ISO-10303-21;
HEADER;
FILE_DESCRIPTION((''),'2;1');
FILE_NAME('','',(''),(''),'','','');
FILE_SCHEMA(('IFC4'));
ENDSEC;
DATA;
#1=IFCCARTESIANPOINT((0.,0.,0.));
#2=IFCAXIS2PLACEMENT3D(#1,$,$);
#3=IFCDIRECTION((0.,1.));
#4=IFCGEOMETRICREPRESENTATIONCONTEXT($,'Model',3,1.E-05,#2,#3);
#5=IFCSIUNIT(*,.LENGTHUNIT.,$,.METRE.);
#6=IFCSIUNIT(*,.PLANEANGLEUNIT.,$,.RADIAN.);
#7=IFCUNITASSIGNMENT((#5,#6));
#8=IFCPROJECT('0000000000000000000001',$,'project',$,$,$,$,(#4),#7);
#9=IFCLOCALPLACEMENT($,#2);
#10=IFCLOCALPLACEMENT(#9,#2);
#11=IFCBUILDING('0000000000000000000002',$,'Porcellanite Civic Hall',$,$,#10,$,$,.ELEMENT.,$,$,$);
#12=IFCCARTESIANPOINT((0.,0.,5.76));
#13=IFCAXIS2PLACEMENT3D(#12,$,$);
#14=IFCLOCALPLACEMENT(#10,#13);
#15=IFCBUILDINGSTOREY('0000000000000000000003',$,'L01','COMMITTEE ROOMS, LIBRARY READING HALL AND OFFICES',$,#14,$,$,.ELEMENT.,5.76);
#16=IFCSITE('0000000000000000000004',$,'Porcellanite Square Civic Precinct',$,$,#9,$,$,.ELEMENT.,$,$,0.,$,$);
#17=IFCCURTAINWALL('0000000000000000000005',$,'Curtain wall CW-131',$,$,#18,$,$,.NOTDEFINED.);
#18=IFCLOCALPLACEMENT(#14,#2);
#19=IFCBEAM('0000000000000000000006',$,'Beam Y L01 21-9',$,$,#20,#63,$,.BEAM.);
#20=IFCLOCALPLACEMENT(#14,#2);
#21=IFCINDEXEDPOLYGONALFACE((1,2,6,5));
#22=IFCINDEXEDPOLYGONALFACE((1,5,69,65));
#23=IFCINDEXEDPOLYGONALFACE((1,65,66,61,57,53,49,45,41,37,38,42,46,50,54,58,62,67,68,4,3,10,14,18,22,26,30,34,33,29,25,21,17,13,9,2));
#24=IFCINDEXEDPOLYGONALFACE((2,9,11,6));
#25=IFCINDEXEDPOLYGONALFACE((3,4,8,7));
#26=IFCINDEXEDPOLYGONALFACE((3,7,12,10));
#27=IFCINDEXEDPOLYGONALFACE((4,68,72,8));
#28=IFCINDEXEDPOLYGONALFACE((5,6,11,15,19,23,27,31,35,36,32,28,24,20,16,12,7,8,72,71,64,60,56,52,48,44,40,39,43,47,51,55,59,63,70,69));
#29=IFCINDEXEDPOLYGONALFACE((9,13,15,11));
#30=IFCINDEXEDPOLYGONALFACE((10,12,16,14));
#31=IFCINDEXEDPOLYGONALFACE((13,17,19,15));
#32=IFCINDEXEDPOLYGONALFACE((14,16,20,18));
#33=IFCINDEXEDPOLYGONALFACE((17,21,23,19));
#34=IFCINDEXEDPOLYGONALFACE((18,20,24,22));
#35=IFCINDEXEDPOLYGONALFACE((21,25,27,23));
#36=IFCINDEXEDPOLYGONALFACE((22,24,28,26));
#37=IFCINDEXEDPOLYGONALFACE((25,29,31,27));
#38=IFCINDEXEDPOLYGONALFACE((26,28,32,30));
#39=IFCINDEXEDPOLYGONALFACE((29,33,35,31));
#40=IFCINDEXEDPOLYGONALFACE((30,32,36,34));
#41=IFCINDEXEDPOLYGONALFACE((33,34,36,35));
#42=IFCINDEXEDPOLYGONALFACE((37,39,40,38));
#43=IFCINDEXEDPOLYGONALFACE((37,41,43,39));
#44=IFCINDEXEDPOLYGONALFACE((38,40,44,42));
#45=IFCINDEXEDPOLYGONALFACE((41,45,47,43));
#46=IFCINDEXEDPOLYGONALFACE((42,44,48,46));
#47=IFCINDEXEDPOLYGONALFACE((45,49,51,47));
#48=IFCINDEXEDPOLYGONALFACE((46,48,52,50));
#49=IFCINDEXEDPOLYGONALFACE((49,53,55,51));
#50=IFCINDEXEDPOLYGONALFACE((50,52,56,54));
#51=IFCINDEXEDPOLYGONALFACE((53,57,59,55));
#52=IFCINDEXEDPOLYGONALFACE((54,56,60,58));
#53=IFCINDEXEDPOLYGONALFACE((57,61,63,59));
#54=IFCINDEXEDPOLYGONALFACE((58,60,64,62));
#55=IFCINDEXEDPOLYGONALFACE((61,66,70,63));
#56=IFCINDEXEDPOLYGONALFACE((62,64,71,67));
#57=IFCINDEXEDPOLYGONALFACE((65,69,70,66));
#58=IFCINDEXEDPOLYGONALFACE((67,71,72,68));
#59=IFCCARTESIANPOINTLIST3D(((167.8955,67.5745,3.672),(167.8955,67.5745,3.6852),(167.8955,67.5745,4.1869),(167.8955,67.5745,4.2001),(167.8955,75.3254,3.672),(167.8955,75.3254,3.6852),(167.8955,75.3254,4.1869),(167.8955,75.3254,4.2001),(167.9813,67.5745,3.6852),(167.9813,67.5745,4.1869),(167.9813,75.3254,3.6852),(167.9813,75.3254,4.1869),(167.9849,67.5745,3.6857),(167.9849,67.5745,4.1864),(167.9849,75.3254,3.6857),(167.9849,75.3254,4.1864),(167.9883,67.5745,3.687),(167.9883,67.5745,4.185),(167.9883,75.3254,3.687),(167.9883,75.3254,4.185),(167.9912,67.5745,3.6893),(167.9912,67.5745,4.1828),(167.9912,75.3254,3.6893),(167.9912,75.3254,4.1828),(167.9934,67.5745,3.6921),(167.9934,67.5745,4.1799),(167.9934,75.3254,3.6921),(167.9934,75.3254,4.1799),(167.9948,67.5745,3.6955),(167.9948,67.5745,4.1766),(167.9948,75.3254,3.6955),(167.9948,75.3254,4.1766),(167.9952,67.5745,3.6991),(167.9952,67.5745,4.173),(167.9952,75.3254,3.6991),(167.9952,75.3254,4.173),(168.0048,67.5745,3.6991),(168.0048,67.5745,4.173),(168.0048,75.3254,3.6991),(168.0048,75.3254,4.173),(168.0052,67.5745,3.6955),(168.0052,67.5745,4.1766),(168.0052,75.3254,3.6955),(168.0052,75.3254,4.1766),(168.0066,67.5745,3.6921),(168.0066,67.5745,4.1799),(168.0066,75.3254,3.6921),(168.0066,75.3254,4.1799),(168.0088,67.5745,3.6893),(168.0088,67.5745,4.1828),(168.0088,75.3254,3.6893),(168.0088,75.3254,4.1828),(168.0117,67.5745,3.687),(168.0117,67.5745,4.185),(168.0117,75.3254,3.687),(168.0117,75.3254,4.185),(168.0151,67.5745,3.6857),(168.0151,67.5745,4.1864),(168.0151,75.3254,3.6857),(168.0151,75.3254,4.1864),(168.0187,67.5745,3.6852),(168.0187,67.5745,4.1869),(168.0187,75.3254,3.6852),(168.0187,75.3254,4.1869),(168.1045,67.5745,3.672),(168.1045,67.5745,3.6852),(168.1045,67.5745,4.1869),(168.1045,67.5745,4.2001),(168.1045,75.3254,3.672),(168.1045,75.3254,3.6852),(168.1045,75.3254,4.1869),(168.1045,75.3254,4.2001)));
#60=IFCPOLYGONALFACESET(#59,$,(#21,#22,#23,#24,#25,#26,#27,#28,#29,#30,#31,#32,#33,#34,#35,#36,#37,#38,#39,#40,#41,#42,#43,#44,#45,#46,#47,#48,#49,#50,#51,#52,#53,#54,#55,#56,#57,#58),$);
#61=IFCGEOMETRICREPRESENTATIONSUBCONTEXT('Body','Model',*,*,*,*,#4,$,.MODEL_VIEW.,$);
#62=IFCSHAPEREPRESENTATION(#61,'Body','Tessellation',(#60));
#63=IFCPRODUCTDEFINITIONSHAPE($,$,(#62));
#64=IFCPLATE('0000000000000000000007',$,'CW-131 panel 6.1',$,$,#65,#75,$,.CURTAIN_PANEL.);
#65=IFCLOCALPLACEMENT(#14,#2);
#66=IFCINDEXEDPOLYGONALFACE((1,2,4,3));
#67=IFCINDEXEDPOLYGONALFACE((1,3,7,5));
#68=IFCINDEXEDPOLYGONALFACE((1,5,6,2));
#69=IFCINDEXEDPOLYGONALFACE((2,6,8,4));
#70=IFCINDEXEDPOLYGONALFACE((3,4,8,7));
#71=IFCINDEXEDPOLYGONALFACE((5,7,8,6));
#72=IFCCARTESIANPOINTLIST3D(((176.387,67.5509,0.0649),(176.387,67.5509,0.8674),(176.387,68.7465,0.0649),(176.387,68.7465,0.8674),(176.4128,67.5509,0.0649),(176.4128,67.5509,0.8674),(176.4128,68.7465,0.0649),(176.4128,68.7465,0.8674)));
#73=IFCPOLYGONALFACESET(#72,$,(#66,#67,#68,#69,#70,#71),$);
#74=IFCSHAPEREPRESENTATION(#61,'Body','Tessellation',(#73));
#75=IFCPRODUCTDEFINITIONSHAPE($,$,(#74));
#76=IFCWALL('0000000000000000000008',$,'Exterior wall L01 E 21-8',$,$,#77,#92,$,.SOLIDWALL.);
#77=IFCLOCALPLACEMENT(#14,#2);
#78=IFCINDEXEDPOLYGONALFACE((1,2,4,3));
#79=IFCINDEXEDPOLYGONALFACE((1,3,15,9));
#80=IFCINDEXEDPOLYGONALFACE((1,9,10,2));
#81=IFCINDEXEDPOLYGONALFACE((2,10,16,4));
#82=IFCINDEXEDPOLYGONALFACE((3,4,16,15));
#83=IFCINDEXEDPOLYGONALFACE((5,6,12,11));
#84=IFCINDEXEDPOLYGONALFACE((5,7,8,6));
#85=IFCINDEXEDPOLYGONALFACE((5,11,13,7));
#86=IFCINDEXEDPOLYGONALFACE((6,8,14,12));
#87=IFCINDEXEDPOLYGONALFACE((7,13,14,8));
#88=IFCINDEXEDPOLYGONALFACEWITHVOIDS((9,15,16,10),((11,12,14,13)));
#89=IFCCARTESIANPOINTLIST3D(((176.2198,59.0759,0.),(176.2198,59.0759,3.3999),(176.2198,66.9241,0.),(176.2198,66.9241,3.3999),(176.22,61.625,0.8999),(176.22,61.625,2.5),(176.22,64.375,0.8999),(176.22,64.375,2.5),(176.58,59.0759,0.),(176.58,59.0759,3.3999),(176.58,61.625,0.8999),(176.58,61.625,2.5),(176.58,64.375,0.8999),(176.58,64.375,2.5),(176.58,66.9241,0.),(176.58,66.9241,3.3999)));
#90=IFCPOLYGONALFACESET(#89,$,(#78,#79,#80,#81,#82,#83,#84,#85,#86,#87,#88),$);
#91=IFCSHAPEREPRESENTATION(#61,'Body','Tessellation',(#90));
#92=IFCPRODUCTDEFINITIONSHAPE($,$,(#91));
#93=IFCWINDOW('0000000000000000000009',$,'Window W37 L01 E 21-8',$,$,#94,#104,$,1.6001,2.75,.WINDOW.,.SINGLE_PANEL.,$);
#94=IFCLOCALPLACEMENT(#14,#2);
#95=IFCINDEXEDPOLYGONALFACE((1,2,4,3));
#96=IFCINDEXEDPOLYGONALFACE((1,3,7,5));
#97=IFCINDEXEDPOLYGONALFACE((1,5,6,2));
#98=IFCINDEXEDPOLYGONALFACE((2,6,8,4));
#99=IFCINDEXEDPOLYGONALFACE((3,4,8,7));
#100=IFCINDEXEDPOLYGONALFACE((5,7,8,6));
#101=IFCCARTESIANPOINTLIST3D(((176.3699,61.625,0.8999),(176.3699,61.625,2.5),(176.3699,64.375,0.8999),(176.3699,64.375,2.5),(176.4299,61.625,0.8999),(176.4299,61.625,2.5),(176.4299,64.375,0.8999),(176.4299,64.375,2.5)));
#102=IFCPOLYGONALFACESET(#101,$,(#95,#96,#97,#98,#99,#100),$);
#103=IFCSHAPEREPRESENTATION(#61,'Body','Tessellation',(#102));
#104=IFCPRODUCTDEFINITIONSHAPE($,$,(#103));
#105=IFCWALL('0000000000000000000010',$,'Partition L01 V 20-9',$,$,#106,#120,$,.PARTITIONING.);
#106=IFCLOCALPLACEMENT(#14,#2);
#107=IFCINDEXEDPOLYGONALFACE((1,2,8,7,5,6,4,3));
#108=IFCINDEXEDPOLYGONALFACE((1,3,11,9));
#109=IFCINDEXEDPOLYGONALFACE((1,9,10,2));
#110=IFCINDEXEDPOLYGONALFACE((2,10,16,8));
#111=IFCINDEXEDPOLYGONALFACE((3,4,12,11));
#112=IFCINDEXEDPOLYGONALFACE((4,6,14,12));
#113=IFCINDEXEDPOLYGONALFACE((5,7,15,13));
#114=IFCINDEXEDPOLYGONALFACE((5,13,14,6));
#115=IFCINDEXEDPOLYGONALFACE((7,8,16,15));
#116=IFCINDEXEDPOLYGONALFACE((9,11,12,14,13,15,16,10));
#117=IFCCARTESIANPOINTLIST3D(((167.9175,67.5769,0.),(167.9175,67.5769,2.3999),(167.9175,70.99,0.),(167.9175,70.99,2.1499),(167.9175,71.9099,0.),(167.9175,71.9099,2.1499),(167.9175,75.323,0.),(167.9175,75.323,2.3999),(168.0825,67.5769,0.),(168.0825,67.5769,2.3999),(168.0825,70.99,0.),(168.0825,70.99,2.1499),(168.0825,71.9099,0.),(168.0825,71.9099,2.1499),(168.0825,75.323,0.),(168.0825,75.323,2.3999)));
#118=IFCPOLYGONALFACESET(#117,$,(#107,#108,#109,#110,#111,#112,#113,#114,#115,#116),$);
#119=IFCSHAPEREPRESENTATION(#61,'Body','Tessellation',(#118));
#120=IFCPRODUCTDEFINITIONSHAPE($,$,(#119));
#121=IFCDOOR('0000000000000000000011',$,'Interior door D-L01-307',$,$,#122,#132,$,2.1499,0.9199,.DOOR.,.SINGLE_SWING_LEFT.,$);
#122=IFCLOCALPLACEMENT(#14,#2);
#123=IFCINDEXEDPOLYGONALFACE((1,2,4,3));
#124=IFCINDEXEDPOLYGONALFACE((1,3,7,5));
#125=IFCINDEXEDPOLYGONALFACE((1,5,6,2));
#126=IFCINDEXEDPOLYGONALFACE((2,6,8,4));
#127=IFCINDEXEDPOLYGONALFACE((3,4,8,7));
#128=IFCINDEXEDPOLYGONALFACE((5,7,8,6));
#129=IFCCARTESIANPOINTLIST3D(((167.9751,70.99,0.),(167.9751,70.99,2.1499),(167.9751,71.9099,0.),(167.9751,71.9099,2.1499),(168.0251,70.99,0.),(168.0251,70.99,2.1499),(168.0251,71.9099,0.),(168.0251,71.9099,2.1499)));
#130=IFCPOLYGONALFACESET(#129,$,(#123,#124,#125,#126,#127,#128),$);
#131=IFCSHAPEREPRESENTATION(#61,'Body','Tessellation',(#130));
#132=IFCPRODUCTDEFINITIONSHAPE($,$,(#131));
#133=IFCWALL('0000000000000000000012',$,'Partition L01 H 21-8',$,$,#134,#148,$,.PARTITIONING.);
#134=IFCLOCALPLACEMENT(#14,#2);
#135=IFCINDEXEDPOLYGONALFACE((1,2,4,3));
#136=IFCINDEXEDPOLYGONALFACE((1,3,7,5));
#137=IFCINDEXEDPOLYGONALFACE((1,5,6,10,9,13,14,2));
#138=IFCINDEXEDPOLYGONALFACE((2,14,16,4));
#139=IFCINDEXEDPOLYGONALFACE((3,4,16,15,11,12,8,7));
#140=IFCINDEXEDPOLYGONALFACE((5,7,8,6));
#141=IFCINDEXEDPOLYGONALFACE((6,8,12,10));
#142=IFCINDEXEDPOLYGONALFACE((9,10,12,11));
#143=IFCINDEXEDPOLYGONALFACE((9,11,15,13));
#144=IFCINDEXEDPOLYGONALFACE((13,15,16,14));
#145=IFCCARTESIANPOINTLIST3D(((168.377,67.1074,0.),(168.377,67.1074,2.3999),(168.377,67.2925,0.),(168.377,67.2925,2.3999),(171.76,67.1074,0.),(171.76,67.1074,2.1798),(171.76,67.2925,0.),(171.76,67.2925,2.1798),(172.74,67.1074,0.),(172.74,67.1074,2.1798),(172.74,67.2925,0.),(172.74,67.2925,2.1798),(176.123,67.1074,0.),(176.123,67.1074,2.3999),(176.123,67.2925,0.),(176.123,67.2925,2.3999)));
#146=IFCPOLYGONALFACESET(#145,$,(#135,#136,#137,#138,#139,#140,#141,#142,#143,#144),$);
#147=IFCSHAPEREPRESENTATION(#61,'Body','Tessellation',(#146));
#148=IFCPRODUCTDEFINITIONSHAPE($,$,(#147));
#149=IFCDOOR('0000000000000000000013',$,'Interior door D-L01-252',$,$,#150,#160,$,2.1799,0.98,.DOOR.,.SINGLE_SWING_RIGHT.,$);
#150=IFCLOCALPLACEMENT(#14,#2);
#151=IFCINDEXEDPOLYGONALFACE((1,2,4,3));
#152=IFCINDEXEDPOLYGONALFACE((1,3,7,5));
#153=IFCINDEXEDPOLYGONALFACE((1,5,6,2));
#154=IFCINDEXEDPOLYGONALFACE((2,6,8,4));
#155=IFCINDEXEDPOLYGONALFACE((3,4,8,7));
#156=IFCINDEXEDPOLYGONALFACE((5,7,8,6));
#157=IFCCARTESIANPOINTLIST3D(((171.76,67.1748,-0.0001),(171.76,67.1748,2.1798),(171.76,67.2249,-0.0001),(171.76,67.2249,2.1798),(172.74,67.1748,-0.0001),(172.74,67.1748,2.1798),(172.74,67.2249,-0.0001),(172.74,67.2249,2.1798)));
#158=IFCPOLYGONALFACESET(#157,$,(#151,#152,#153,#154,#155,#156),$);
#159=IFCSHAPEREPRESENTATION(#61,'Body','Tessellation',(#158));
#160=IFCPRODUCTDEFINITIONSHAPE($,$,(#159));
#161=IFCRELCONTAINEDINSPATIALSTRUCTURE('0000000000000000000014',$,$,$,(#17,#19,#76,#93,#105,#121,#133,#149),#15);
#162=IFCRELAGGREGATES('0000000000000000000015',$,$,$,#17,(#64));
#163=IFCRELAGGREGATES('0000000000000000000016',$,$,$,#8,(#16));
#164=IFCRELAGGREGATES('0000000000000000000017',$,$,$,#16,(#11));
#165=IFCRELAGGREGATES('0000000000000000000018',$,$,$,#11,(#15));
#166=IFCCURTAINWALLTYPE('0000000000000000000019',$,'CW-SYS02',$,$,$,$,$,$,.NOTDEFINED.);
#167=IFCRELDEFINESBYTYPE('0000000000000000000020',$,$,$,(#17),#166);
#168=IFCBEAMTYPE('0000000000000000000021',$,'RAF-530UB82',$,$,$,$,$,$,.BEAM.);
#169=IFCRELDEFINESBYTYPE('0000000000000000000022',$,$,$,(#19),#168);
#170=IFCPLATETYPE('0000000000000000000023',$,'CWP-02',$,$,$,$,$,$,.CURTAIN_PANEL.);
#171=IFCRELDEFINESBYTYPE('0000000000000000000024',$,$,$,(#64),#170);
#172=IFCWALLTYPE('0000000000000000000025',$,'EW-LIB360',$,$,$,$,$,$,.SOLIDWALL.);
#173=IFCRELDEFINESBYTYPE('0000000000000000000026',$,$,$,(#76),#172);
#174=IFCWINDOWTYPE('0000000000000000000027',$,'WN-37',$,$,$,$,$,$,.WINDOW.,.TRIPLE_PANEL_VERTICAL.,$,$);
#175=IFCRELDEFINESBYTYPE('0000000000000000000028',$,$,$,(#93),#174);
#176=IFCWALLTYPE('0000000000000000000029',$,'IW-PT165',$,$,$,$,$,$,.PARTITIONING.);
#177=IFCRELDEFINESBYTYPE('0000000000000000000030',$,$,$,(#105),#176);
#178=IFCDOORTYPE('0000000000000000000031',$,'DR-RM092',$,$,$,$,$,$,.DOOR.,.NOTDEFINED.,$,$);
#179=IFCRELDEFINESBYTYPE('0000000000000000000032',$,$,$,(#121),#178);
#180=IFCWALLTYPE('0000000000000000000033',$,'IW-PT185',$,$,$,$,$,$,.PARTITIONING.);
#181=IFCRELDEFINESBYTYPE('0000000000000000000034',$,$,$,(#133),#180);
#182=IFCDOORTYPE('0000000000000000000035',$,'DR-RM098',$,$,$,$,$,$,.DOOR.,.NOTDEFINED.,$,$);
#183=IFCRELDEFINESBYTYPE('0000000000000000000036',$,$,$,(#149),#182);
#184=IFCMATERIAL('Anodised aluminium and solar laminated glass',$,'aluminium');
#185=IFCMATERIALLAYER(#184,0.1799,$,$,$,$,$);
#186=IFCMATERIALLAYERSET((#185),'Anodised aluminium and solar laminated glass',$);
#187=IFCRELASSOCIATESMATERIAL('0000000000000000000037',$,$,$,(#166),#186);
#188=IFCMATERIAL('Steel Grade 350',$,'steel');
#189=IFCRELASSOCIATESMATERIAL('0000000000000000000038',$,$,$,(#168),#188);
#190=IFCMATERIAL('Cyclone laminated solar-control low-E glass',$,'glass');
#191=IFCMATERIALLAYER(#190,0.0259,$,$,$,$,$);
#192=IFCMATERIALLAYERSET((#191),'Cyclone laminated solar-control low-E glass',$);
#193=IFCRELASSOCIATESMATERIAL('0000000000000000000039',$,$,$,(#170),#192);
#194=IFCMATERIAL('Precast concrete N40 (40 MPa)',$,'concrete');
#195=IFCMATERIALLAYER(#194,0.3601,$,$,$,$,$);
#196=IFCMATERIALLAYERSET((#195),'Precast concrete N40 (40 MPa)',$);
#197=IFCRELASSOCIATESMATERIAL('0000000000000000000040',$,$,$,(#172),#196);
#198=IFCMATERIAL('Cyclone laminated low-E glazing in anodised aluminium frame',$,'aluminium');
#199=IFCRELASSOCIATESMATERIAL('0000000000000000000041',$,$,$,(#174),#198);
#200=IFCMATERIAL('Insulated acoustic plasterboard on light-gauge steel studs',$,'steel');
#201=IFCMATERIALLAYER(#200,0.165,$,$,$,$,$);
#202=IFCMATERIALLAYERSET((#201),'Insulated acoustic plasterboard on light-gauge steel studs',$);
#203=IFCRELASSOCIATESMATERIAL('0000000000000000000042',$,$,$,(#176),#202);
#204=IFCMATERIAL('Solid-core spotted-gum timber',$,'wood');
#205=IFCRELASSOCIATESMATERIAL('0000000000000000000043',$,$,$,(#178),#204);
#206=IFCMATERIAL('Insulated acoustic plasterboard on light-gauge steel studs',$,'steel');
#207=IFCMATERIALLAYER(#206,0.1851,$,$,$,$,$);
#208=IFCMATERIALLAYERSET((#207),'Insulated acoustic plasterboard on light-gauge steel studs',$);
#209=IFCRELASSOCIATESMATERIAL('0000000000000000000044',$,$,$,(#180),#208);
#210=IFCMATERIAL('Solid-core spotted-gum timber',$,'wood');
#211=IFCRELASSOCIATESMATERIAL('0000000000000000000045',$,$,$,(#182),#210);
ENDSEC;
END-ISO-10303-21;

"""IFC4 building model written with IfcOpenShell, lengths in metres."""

from ifc_helpers import new_model, si_unit, direction, frame, frame_2d, origin, origin_2d, place, context, subcontext, project, spatial, rectangle, i_section, extrude, material, layer, layer_set, material_profile, profile_set, type_object, element, fill, aggregate, save


model = new_model("IFC4")

# Units and contexts
model_context = context("Model", 3, precision=1e-05, world=origin(), true_north=direction((0.0, 1.0)))
body_context = subcontext(model_context, "Body", "Model", "MODEL_VIEW")
ifc_project = project(units=[si_unit("LENGTHUNIT", "METRE"), si_unit("PLANEANGLEUNIT", "RADIAN")], contexts=[model_context])

# Site, building, storey
site_placement = place(None, origin())
site = spatial("IfcSite", under=ifc_project, at=site_placement, Name="Porcellanite Square Civic Precinct", CompositionType="ELEMENT", RefElevation=0.0)
building_placement = place(site_placement, origin())
building = spatial("IfcBuilding", under=site, at=building_placement, Name="Porcellanite Civic Hall", CompositionType="ELEMENT")
storey_placement = place(building_placement, frame((0.0, 0.0, 5.76)))
storey = spatial("IfcBuildingStorey", under=building, at=storey_placement, Name="L01", Description="COMMITTEE ROOMS, LIBRARY READING HALL AND OFFICES", CompositionType="ELEMENT", Elevation=5.76)

# Curtain wall
ifc_material_1 = material(Name="Anodised aluminium and solar laminated glass", Category="aluminium")
ifc_layer_1 = layer(ifc_material_1, 0.1799)
ifc_layer_set_1 = layer_set([ifc_layer_1], Name="Anodised aluminium and solar laminated glass")
curtain_wall_type = type_object("IfcCurtainWallType", Name="CW-SYS02", PredefinedType="NOTDEFINED", material=ifc_layer_set_1)
curtain_wall_placement = place(storey_placement, origin())
curtain_wall = element("IfcCurtainWall", 1, at=curtain_wall_placement, inside=storey, type_object=curtain_wall_type, Name="Curtain wall CW-131", PredefinedType="NOTDEFINED")

# Beam
ifc_material_2 = material(Name="Steel Grade 350", Category="steel")
ifc_material_profile_1 = material_profile(ifc_material_2, i_section(OverallWidth=0.209, OverallDepth=0.5281, WebThickness=0.0095, FlangeThickness=0.0132, FilletRadius=0.0139, at=origin_2d()), Name="530UB82.0")
ifc_profile_set_1 = profile_set([ifc_material_profile_1], Name="Steel Grade 350")
beam_type_1 = type_object("IfcBeamType", Name="RAF-530UB82", PredefinedType="BEAM", material=ifc_profile_set_1)
beam_1_placement = place(storey_placement, frame((168.0, 67.5745, 3.936), z_axis=(0.0, 1.0, 0.0), x_axis=(-1.0, 0.0, 0.0)))
element("IfcBeam", 2, at=beam_1_placement, inside=storey, type_object=beam_type_1, Name="Beam Y L01 21-9", PredefinedType="BEAM", context=body_context, shape_type="SweptSolid", body=[
    extrude(i_section(OverallWidth=0.209, OverallDepth=0.5281, WebThickness=0.0095, FlangeThickness=0.0132, FilletRadius=0.0139, at=origin_2d()), origin(), (0.0, 0.0, 1.0), 7.751),
])

# Plate
ifc_material_3 = material(Name="Cyclone laminated solar-control low-E glass", Category="glass")
ifc_layer_2 = layer(ifc_material_3, 0.0259)
ifc_layer_set_2 = layer_set([ifc_layer_2], Name="Cyclone laminated solar-control low-E glass")
plate_type = type_object("IfcPlateType", Name="CWP-02", PredefinedType="CURTAIN_PANEL", material=ifc_layer_set_2)
plate_placement = place(storey_placement, frame((176.3999, 68.1487, 0.0649), z_axis=(0.0, 0.0, 1.0), x_axis=(0.0, -1.0, 0.0)))
plate = element("IfcPlate", 3, at=plate_placement, type_object=plate_type, Name="CW-131 panel 6.1", PredefinedType="CURTAIN_PANEL", context=body_context, shape_type="SweptSolid", body=[
    extrude(rectangle(XDim=1.1956, YDim=0.0259, at=origin_2d()), origin(), (0.0, 0.0, 1.0), 0.8025),
])
aggregate(curtain_wall, [plate])

# Wall, opening, window
ifc_material_4 = material(Name="Precast concrete N40 (40 MPa)", Category="concrete")
ifc_layer_3 = layer(ifc_material_4, 0.3601)
ifc_layer_set_3 = layer_set([ifc_layer_3], Name="Precast concrete N40 (40 MPa)")
wall_type_1 = type_object("IfcWallType", Name="EW-LIB360", PredefinedType="SOLIDWALL", material=ifc_layer_set_3)
wall_1_placement = place(storey_placement, frame((176.3999, 66.9241, 0.0), z_axis=(0.0, 0.0, 1.0), x_axis=(0.0, -1.0, 0.0)))
wall_1 = element("IfcWall", 4, at=wall_1_placement, inside=storey, type_object=wall_type_1, Name="Exterior wall L01 E 21-8", PredefinedType="SOLIDWALL", context=body_context, shape_type="SweptSolid", body=[
    extrude(rectangle(XDim=7.8481, YDim=0.3601, at=frame_2d((3.9241, 0.0))), origin(), (0.0, 0.0, 1.0), 3.3999),
])
opening_1_placement = place(wall_1_placement, frame((2.5491, 0.0, 0.8999)))
opening_1 = element("IfcOpeningElement", 5, at=opening_1_placement, cuts=wall_1, PredefinedType="OPENING", context=body_context, shape_type="SweptSolid", body=[
    extrude(rectangle(XDim=2.75, YDim=1.6001, at=frame_2d((1.375, 0.8))), frame((0.0, 0.1802, 0.0), z_axis=(0.0, -1.0, 0.0), x_axis=(1.0, 0.0, 0.0)), (0.0, 0.0, 1.0), 0.3601),
])
ifc_material_5 = material(Name="Cyclone laminated low-E glazing in anodised aluminium frame", Category="aluminium")
window_type = type_object("IfcWindowType", Name="WN-37", PartitioningType="TRIPLE_PANEL_VERTICAL", PredefinedType="WINDOW", material=ifc_material_5)
window_placement = place(opening_1_placement, origin())
window = element("IfcWindow", 6, at=window_placement, inside=storey, type_object=window_type, Name="Window W37 L01 E 21-8", OverallHeight=1.6001, OverallWidth=2.75, PartitioningType="SINGLE_PANEL", PredefinedType="WINDOW", context=body_context, shape_type="SweptSolid", body=[
    extrude(rectangle(XDim=2.75, YDim=1.6001, at=frame_2d((1.375, 0.8))), frame((0.0, 0.03, 0.0), z_axis=(0.0, -1.0, 0.0), x_axis=(1.0, 0.0, 0.0)), (0.0, 0.0, 1.0), 0.0601),
])
fill(opening_1, window)

# Walls, openings, doors
ifc_material_6 = material(Name="Insulated acoustic plasterboard on light-gauge steel studs", Category="steel")
ifc_layer_4 = layer(ifc_material_6, 0.165)
ifc_layer_set_4 = layer_set([ifc_layer_4], Name="Insulated acoustic plasterboard on light-gauge steel studs")
wall_type_2 = type_object("IfcWallType", Name="IW-PT165", PredefinedType="PARTITIONING", material=ifc_layer_set_4)
wall_2_placement = place(storey_placement, frame((168.0, 67.5769, 0.0), z_axis=(0.0, 0.0, 1.0), x_axis=(0.0, 1.0, 0.0)))
wall_2 = element("IfcWall", 7, at=wall_2_placement, inside=storey, type_object=wall_type_2, Name="Partition L01 V 20-9", PredefinedType="PARTITIONING", context=body_context, shape_type="SweptSolid", body=[
    extrude(rectangle(XDim=7.7461, YDim=0.165, at=frame_2d((3.873, 0.0))), origin(), (0.0, 0.0, 1.0), 2.3999),
])
opening_2_placement = place(wall_2_placement, frame((3.4131, 0.0, 0.0)))
opening_2 = element("IfcOpeningElement", 8, at=opening_2_placement, cuts=wall_2, PredefinedType="OPENING", context=body_context, shape_type="SweptSolid", body=[
    extrude(rectangle(XDim=0.9199, YDim=2.1499, at=frame_2d((0.46, 1.075))), frame((0.0, 0.0825, 0.0), z_axis=(0.0, -1.0, 0.0), x_axis=(1.0, 0.0, 0.0)), (0.0, 0.0, 1.0), 0.165),
])
ifc_material_7 = material(Name="Solid-core spotted-gum timber", Category="wood")
door_type_1 = type_object("IfcDoorType", Name="DR-RM092", OperationType="NOTDEFINED", PredefinedType="DOOR", material=ifc_material_7)
door_1_placement = place(opening_2_placement, origin())
door_1 = element("IfcDoor", 9, at=door_1_placement, inside=storey, type_object=door_type_1, Name="Interior door D-L01-307", OperationType="SINGLE_SWING_LEFT", OverallHeight=2.1499, OverallWidth=0.9199, PredefinedType="DOOR", context=body_context, shape_type="SweptSolid", body=[
    extrude(rectangle(XDim=0.9199, YDim=2.1499, at=frame_2d((0.46, 1.075))), frame((0.0, 0.0249, 0.0), z_axis=(0.0, -1.0, 0.0), x_axis=(1.0, 0.0, 0.0)), (0.0, 0.0, 1.0), 0.05),
])
fill(opening_2, door_1)
ifc_material_8 = material(Name="Insulated acoustic plasterboard on light-gauge steel studs", Category="steel")
ifc_layer_5 = layer(ifc_material_8, 0.1851)
ifc_layer_set_5 = layer_set([ifc_layer_5], Name="Insulated acoustic plasterboard on light-gauge steel studs")
wall_type_3 = type_object("IfcWallType", Name="IW-PT185", PredefinedType="PARTITIONING", material=ifc_layer_set_5)
wall_3_placement = place(storey_placement, frame((168.377, 67.2, 0.0), z_axis=(0.0, 0.0, 1.0), x_axis=(1.0, 0.0, 0.0)))
wall_3 = element("IfcWall", 10, at=wall_3_placement, inside=storey, type_object=wall_type_3, Name="Partition L01 H 21-8", PredefinedType="PARTITIONING", context=body_context, shape_type="SweptSolid", body=[
    extrude(rectangle(XDim=7.7461, YDim=0.1851, at=frame_2d((3.873, 0.0))), origin(), (0.0, 0.0, 1.0), 2.3999),
])
opening_3_placement = place(wall_3_placement, frame((3.3831, 0.0, 0.0)))
opening_3 = element("IfcOpeningElement", 11, at=opening_3_placement, cuts=wall_3, PredefinedType="OPENING", context=body_context, shape_type="SweptSolid", body=[
    extrude(rectangle(XDim=0.98, YDim=2.1799, at=frame_2d((0.49, 1.0898))), frame((0.0, 0.0925, 0.0), z_axis=(0.0, -1.0, 0.0), x_axis=(1.0, 0.0, 0.0)), (0.0, 0.0, 1.0), 0.1851),
])
ifc_material_9 = material(Name="Solid-core spotted-gum timber", Category="wood")
door_type_2 = type_object("IfcDoorType", Name="DR-RM098", OperationType="NOTDEFINED", PredefinedType="DOOR", material=ifc_material_9)
door_2_placement = place(opening_3_placement, origin())
door_2 = element("IfcDoor", 12, at=door_2_placement, inside=storey, type_object=door_type_2, Name="Interior door D-L01-252", OperationType="SINGLE_SWING_RIGHT", OverallHeight=2.1799, OverallWidth=0.98, PredefinedType="DOOR", context=body_context, shape_type="SweptSolid", body=[
    extrude(rectangle(XDim=0.98, YDim=2.1799, at=frame_2d((0.49, 1.0898))), frame((0.0, 0.0249, 0.0), z_axis=(0.0, -1.0, 0.0), x_axis=(1.0, 0.0, 0.0)), (0.0, 0.0, 1.0), 0.05),
])
fill(opening_3, door_2)

save(model, "model.ifc")
